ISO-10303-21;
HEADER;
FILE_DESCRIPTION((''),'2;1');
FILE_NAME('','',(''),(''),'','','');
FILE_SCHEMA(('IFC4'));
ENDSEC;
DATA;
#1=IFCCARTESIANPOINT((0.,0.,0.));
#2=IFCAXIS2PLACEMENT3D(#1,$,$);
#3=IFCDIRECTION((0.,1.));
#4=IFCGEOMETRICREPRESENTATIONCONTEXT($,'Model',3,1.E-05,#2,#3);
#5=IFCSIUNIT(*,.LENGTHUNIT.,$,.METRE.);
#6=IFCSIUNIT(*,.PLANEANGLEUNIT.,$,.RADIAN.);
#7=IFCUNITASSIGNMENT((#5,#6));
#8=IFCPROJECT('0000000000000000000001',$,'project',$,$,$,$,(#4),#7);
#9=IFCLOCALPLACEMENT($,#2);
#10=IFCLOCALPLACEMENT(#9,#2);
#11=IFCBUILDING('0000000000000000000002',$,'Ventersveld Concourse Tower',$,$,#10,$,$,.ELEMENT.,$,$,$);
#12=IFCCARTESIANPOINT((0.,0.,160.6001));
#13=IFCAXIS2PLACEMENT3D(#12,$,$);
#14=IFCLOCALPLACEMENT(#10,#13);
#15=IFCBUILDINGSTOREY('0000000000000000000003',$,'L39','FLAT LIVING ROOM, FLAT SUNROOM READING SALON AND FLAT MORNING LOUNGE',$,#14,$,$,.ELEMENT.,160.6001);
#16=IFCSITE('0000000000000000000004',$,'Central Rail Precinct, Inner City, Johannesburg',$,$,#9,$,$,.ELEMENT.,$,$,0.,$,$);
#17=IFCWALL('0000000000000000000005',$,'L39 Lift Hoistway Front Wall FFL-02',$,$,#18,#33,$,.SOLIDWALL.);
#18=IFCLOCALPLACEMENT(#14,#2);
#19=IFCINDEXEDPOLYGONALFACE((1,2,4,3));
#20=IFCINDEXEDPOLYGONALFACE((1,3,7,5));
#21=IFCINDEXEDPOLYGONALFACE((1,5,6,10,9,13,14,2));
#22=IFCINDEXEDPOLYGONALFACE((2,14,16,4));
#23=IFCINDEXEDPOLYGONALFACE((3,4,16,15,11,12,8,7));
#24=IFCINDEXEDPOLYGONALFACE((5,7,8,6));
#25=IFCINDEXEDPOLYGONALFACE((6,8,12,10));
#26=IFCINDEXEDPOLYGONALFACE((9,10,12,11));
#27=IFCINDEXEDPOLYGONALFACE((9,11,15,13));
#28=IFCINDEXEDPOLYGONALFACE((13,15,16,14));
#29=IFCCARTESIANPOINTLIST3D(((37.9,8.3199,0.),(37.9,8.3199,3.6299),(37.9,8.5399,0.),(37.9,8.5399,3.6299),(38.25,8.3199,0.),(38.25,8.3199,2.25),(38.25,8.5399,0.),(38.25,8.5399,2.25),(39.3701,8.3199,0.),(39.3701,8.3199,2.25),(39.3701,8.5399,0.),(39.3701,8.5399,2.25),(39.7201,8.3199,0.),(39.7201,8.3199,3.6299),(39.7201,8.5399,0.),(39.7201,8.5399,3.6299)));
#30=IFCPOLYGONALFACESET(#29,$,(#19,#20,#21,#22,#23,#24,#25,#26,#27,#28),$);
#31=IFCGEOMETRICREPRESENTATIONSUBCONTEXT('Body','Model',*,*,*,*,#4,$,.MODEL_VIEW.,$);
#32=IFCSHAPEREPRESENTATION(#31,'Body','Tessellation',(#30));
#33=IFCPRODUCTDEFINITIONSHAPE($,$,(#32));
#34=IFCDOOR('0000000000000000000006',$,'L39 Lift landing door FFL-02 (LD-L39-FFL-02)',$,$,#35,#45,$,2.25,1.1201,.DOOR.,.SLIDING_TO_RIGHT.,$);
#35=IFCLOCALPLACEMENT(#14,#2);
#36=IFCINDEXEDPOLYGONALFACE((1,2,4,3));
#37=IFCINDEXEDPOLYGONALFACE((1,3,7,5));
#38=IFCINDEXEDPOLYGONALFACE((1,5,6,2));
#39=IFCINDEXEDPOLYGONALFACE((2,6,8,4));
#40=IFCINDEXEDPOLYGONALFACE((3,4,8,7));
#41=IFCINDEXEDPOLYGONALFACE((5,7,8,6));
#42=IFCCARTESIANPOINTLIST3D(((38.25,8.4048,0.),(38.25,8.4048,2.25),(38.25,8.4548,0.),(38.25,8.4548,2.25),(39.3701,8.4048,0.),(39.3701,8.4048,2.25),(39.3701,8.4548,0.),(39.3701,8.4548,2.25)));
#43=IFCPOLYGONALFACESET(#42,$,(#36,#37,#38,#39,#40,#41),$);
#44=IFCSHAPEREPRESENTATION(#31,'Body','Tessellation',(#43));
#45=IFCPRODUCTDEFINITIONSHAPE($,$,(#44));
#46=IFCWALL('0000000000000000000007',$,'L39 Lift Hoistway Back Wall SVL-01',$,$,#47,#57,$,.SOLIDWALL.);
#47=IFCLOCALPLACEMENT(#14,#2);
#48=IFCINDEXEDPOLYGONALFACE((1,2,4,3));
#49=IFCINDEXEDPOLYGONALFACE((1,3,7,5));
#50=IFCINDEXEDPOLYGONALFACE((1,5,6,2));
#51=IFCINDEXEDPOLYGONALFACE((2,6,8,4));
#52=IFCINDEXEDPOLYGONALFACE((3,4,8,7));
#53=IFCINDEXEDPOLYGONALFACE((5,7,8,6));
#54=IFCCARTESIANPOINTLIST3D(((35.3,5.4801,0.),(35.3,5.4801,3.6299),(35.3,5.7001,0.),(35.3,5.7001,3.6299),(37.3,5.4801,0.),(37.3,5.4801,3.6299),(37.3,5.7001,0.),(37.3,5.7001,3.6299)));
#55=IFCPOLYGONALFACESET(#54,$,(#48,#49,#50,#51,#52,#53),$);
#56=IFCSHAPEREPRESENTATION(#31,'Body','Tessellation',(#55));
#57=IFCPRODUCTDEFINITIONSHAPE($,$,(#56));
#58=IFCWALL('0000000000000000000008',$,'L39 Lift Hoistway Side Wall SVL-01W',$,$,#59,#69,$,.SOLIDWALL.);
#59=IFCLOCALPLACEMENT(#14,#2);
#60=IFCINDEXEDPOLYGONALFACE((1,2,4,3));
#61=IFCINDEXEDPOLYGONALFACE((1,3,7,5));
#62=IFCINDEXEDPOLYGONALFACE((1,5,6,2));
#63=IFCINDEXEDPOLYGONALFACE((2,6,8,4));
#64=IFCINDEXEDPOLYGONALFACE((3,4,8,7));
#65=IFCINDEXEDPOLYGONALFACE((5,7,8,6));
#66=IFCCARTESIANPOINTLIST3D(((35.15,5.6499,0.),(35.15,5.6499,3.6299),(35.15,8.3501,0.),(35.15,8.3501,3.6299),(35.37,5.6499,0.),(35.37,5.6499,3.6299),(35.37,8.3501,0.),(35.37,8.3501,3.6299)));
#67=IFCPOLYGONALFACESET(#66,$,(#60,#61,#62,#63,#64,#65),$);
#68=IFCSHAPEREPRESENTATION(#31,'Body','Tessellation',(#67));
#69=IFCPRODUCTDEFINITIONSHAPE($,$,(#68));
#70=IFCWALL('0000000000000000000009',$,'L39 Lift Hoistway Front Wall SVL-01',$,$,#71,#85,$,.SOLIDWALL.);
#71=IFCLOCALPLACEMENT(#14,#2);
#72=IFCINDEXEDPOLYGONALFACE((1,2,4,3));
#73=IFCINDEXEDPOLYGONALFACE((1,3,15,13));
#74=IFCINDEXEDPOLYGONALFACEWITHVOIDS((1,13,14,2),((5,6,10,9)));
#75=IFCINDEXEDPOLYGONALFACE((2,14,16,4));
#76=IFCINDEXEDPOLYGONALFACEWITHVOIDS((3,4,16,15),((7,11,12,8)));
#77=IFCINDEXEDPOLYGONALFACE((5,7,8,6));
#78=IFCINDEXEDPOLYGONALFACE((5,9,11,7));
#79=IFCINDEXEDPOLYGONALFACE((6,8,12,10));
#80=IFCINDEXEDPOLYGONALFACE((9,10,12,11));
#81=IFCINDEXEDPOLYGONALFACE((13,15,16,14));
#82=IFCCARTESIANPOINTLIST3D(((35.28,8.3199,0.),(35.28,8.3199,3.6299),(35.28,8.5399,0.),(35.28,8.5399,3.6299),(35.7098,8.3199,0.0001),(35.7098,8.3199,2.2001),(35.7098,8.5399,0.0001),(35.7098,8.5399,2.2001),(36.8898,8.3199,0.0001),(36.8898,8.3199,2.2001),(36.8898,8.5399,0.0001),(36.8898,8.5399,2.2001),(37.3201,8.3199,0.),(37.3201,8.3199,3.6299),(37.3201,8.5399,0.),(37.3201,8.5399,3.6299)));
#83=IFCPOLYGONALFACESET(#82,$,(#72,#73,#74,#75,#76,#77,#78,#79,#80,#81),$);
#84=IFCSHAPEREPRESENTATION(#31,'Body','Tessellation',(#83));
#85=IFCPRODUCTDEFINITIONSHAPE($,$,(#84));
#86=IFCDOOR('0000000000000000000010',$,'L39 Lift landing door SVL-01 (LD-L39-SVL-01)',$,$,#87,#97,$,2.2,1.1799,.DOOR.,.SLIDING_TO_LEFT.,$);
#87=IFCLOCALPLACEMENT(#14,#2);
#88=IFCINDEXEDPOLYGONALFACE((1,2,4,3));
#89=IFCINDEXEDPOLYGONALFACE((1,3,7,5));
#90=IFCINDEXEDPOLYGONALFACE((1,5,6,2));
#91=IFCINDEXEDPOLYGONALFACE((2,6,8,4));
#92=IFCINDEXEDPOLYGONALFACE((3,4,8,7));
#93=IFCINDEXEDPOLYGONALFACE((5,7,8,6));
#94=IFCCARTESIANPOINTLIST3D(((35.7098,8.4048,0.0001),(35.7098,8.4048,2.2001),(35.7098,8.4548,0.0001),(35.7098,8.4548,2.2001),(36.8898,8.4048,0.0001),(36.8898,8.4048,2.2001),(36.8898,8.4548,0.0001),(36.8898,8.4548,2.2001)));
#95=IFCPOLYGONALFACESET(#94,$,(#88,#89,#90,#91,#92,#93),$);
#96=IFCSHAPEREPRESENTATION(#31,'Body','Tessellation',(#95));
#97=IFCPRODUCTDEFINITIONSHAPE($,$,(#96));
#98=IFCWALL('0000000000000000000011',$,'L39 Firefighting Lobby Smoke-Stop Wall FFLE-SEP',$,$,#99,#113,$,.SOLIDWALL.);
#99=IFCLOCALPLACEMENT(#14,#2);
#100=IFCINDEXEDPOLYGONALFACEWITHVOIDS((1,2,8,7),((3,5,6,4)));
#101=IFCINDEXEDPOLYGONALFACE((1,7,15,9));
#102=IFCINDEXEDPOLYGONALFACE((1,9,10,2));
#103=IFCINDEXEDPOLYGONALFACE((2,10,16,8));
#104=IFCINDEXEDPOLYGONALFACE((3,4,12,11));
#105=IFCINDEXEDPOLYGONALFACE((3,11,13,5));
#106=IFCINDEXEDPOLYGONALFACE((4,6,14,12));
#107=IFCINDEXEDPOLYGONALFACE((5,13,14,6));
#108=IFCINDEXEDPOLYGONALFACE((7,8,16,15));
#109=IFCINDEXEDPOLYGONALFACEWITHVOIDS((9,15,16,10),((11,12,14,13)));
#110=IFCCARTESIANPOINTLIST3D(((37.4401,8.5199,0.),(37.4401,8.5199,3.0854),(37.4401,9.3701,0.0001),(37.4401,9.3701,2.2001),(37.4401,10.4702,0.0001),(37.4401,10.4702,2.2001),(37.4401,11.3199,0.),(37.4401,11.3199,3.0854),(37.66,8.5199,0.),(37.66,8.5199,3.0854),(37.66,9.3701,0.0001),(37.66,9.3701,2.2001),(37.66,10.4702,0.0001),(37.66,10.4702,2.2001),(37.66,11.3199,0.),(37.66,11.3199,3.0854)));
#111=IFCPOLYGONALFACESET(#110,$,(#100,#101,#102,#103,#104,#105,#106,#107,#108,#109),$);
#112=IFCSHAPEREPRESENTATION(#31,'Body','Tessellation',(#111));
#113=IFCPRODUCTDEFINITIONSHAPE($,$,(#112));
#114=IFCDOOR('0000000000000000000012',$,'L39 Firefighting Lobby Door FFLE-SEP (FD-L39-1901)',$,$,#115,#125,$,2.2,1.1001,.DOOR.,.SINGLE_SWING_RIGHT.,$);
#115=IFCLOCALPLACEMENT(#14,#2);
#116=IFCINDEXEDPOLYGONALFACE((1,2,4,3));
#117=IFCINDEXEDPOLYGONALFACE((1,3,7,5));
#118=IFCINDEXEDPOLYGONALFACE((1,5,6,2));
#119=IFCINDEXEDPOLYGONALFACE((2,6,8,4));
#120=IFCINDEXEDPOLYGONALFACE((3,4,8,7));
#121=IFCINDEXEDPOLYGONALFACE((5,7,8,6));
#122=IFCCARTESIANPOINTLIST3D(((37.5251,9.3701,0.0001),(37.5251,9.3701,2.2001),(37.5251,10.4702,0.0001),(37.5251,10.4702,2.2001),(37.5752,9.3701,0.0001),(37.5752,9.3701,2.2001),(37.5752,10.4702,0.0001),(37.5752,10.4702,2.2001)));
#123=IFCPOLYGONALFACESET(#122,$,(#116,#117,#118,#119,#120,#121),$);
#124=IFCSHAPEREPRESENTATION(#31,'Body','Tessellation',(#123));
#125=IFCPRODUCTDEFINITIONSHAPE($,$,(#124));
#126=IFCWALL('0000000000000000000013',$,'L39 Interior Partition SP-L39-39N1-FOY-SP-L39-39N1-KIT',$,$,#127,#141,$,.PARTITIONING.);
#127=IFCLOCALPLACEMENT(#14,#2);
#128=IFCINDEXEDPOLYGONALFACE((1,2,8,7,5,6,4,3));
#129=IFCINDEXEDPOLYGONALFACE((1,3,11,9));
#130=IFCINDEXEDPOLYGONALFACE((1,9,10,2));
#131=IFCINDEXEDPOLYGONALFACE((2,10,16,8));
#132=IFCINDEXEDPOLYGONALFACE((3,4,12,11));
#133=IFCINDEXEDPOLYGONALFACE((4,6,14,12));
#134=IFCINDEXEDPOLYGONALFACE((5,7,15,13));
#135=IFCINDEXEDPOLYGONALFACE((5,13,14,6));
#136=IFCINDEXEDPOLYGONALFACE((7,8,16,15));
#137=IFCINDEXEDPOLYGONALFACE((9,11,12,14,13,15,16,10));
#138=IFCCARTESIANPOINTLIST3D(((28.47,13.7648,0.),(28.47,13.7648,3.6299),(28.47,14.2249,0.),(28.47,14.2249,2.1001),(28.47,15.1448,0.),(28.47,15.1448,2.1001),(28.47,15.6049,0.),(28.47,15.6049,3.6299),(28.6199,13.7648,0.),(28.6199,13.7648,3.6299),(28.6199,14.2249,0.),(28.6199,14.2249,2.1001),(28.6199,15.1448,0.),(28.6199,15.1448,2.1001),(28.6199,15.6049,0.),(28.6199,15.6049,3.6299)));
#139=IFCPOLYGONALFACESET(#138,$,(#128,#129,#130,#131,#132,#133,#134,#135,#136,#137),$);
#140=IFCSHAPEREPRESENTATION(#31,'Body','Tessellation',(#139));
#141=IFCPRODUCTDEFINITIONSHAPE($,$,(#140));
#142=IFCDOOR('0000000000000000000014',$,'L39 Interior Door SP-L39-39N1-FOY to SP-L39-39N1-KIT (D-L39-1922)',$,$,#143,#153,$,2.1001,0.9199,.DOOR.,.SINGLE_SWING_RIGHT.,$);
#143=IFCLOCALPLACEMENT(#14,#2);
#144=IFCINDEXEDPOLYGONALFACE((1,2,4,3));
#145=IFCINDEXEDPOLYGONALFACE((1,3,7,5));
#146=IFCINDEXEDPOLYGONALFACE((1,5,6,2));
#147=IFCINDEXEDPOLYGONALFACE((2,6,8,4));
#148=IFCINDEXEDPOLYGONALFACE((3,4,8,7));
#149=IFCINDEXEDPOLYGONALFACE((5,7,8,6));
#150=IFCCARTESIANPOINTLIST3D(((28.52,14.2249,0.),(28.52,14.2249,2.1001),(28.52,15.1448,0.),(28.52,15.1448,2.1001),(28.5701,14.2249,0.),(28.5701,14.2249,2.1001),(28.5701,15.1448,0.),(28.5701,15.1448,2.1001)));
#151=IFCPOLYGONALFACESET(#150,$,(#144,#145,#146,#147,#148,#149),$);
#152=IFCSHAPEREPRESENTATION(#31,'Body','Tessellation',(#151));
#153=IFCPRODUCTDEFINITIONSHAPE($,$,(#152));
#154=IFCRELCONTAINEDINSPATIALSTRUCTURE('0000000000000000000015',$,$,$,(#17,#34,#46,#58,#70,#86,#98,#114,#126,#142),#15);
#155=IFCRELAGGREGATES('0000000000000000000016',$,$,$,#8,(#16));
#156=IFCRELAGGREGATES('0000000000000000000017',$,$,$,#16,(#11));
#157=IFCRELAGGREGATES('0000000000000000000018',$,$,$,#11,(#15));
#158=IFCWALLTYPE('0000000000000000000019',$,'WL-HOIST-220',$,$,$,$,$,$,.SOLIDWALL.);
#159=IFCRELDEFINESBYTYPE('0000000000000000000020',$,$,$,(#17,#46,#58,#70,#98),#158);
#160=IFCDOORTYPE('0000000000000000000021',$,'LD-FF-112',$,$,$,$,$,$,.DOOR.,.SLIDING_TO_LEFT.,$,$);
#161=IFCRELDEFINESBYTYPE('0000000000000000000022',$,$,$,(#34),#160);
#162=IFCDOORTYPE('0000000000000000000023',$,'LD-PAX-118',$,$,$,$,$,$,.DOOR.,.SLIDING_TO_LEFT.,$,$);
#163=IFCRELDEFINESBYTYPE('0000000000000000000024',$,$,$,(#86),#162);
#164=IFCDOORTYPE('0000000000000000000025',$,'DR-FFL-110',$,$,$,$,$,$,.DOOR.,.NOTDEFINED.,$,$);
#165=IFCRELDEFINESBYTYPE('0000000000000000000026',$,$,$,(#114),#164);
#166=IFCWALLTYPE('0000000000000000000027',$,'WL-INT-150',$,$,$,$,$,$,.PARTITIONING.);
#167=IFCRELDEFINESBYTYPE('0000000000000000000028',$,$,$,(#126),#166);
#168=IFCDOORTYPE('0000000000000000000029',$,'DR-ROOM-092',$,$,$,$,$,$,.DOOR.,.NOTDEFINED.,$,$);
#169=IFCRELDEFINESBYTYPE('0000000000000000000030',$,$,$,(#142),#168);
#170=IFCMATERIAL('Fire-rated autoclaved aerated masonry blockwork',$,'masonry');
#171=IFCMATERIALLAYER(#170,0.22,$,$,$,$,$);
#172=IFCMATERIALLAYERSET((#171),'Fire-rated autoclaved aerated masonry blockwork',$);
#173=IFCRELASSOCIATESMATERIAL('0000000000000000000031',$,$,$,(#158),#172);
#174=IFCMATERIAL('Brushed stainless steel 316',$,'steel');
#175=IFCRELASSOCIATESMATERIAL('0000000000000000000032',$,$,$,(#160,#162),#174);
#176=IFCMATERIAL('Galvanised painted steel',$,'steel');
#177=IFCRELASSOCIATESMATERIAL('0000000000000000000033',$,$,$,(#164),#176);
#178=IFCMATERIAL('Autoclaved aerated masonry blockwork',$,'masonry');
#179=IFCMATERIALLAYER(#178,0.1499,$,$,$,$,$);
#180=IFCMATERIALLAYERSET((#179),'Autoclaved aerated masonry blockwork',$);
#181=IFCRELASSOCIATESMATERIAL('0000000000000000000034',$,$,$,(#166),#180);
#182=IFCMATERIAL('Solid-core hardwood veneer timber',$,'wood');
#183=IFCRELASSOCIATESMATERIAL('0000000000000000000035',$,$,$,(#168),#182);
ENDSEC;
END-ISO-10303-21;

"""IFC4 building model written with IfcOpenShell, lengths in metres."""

from ifc_helpers import new_model, si_unit, direction, frame, frame_2d, origin, place, context, subcontext, project, spatial, rectangle, extrude, material, layer, layer_set, type_object, element, fill, save


model = new_model("IFC4")

# Units and contexts
model_context = context("Model", 3, precision=1e-05, world=origin(), true_north=direction((0.0, 1.0)))
body_context = subcontext(model_context, "Body", "Model", "MODEL_VIEW")
ifc_project = project(units=[si_unit("LENGTHUNIT", "METRE"), si_unit("PLANEANGLEUNIT", "RADIAN")], contexts=[model_context])

# Site, building, storey
site_placement = place(None, origin())
site = spatial("IfcSite", under=ifc_project, at=site_placement, Name="Central Rail Precinct, Inner City, Johannesburg", CompositionType="ELEMENT", RefElevation=0.0)
building_placement = place(site_placement, origin())
building = spatial("IfcBuilding", under=site, at=building_placement, Name="Ventersveld Concourse Tower", CompositionType="ELEMENT")
storey_placement = place(building_placement, frame((0.0, 0.0, 160.6001)))
storey = spatial("IfcBuildingStorey", under=building, at=storey_placement, Name="L39", Description="FLAT LIVING ROOM, FLAT SUNROOM READING SALON AND FLAT MORNING LOUNGE", CompositionType="ELEMENT", Elevation=160.6001)

# Shared definitions
ifc_material_1 = material(Name="Fire-rated autoclaved aerated masonry blockwork", Category="masonry")
ifc_material_2 = material(Name="Solid-core hardwood veneer timber", Category="wood")

# Shared definitions
ifc_layer_1 = layer(ifc_material_1, 0.22)
ifc_layer_set_1 = layer_set([ifc_layer_1], Name="Fire-rated autoclaved aerated masonry blockwork")
wall_type_1 = type_object("IfcWallType", Name="WL-HOIST-220", PredefinedType="SOLIDWALL", material=ifc_layer_set_1)

# Wall, opening, door
wall_1_placement = place(storey_placement, frame((37.8999, 8.4299, 0.0), z_axis=(0.0, 0.0, 1.0), x_axis=(1.0, 0.0, 0.0)))
wall_1 = element("IfcWall", 1, at=wall_1_placement, inside=storey, type_object=wall_type_1, Name="L39 Lift Hoistway Front Wall FFL-02", PredefinedType="SOLIDWALL", context=body_context, shape_type="SweptSolid", body=[
    extrude(rectangle(XDim=1.8201, YDim=0.22, at=frame_2d((0.9102, 0.0))), origin(), (0.0, 0.0, 1.0), 3.6299),
])
opening_1_placement = place(wall_1_placement, frame((0.3501, 0.0, 0.0)))
opening_1 = element("IfcOpeningElement", 2, at=opening_1_placement, cuts=wall_1, PredefinedType="OPENING", context=body_context, shape_type="SweptSolid", body=[
    extrude(rectangle(XDim=1.1201, YDim=2.25, at=frame_2d((0.5601, 1.125))), frame((0.0, 0.1201, 0.0), z_axis=(0.0, -1.0, 0.0), x_axis=(1.0, 0.0, 0.0)), (0.0, 0.0, 1.0), 0.24),
])
ifc_material_3 = material(Name="Brushed stainless steel 316", Category="steel")
door_type_1 = type_object("IfcDoorType", Name="LD-FF-112", OperationType="SLIDING_TO_LEFT", PredefinedType="DOOR", material=ifc_material_3)
door_1_placement = place(opening_1_placement, origin())
door_1 = element("IfcDoor", 3, at=door_1_placement, inside=storey, type_object=door_type_1, Name="L39 Lift landing door FFL-02 (LD-L39-FFL-02)", OperationType="SLIDING_TO_RIGHT", OverallHeight=2.25, OverallWidth=1.1201, PredefinedType="DOOR", context=body_context, shape_type="SweptSolid", body=[
    extrude(rectangle(XDim=1.1201, YDim=2.25, at=frame_2d((0.5601, 1.125))), frame((0.0, 0.0249, 0.0), z_axis=(0.0, -1.0, 0.0), x_axis=(1.0, 0.0, 0.0)), (0.0, 0.0, 1.0), 0.05),
])
fill(opening_1, door_1)

# Walls
wall_2_placement = place(storey_placement, frame((35.3, 5.5901, 0.0), z_axis=(0.0, 0.0, 1.0), x_axis=(1.0, 0.0, 0.0)))
element("IfcWall", 4, at=wall_2_placement, inside=storey, type_object=wall_type_1, Name="L39 Lift Hoistway Back Wall SVL-01", PredefinedType="SOLIDWALL", context=body_context, shape_type="SweptSolid", body=[
    extrude(rectangle(XDim=2.0, YDim=0.22, at=frame_2d((1.0, 0.0))), origin(), (0.0, 0.0, 1.0), 3.6299),
])
wall_3_placement = place(storey_placement, frame((35.26, 5.6499, 0.0), z_axis=(0.0, 0.0, 1.0), x_axis=(0.0, 1.0, 0.0)))
element("IfcWall", 5, at=wall_3_placement, inside=storey, type_object=wall_type_1, Name="L39 Lift Hoistway Side Wall SVL-01W", PredefinedType="SOLIDWALL", context=body_context, shape_type="SweptSolid", body=[
    extrude(rectangle(XDim=2.7002, YDim=0.22, at=frame_2d((1.3501, 0.0))), origin(), (0.0, 0.0, 1.0), 3.6299),
])

# Walls, openings, doors
wall_4_placement = place(storey_placement, frame((35.28, 8.4299, 0.0), z_axis=(0.0, 0.0, 1.0), x_axis=(1.0, 0.0, 0.0)))
wall_4 = element("IfcWall", 6, at=wall_4_placement, inside=storey, type_object=wall_type_1, Name="L39 Lift Hoistway Front Wall SVL-01", PredefinedType="SOLIDWALL", context=body_context, shape_type="SweptSolid", body=[
    extrude(rectangle(XDim=2.04, YDim=0.22, at=frame_2d((1.02, 0.0))), origin(), (0.0, 0.0, 1.0), 3.6299),
])
opening_2_placement = place(wall_4_placement, frame((0.4299, 0.0, 0.0)))
opening_2 = element("IfcOpeningElement", 7, at=opening_2_placement, cuts=wall_4, PredefinedType="OPENING", context=body_context, shape_type="SweptSolid", body=[
    extrude(rectangle(XDim=1.1799, YDim=2.2, at=frame_2d((0.5898, 1.1001))), frame((0.0, 0.1201, 0.0), z_axis=(0.0, -1.0, 0.0), x_axis=(1.0, 0.0, 0.0)), (0.0, 0.0, 1.0), 0.24),
])
door_type_2 = type_object("IfcDoorType", Name="LD-PAX-118", OperationType="SLIDING_TO_LEFT", PredefinedType="DOOR", material=ifc_material_3)
door_2_placement = place(opening_2_placement, origin())
door_2 = element("IfcDoor", 8, at=door_2_placement, inside=storey, type_object=door_type_2, Name="L39 Lift landing door SVL-01 (LD-L39-SVL-01)", OperationType="SLIDING_TO_LEFT", OverallHeight=2.2, OverallWidth=1.1799, PredefinedType="DOOR", context=body_context, shape_type="SweptSolid", body=[
    extrude(rectangle(XDim=1.1799, YDim=2.2, at=frame_2d((0.5898, 1.1001))), frame((0.0, 0.0249, 0.0), z_axis=(0.0, -1.0, 0.0), x_axis=(1.0, 0.0, 0.0)), (0.0, 0.0, 1.0), 0.05),
])
fill(opening_2, door_2)
wall_5_placement = place(storey_placement, frame((37.55, 8.52, 0.0), z_axis=(0.0, 0.0, 1.0), x_axis=(0.0, 1.0, 0.0)))
wall_5 = element("IfcWall", 9, at=wall_5_placement, inside=storey, type_object=wall_type_1, Name="L39 Firefighting Lobby Smoke-Stop Wall FFLE-SEP", PredefinedType="SOLIDWALL", context=body_context, shape_type="SweptSolid", body=[
    extrude(rectangle(XDim=2.8, YDim=0.22, at=frame_2d((1.3999, 0.0))), origin(), (0.0, 0.0, 1.0), 3.0854),
])
opening_3_placement = place(wall_5_placement, frame((0.8501, 0.0, 0.0)))
opening_3 = element("IfcOpeningElement", 10, at=opening_3_placement, cuts=wall_5, PredefinedType="OPENING", context=body_context, shape_type="SweptSolid", body=[
    extrude(rectangle(XDim=1.1001, YDim=2.2, at=frame_2d((0.55, 1.1001))), frame((0.0, 0.1201, 0.0), z_axis=(0.0, -1.0, 0.0), x_axis=(1.0, 0.0, 0.0)), (0.0, 0.0, 1.0), 0.24),
])
ifc_material_4 = material(Name="Galvanised painted steel", Category="steel")
door_type_3 = type_object("IfcDoorType", Name="DR-FFL-110", OperationType="NOTDEFINED", PredefinedType="DOOR", material=ifc_material_4)
door_3_placement = place(opening_3_placement, origin())
door_3 = element("IfcDoor", 11, at=door_3_placement, inside=storey, type_object=door_type_3, Name="L39 Firefighting Lobby Door FFLE-SEP (FD-L39-1901)", OperationType="SINGLE_SWING_RIGHT", OverallHeight=2.2, OverallWidth=1.1001, PredefinedType="DOOR", context=body_context, shape_type="SweptSolid", body=[
    extrude(rectangle(XDim=1.1001, YDim=2.2, at=frame_2d((0.55, 1.1001))), frame((0.0, 0.0249, 0.0), z_axis=(0.0, -1.0, 0.0), x_axis=(1.0, 0.0, 0.0)), (0.0, 0.0, 1.0), 0.05),
])
fill(opening_3, door_3)
ifc_material_5 = material(Name="Autoclaved aerated masonry blockwork", Category="masonry")
ifc_layer_2 = layer(ifc_material_5, 0.1499)
ifc_layer_set_2 = layer_set([ifc_layer_2], Name="Autoclaved aerated masonry blockwork")
wall_type_2 = type_object("IfcWallType", Name="WL-INT-150", PredefinedType="PARTITIONING", material=ifc_layer_set_2)
wall_6_placement = place(storey_placement, frame((28.5449, 13.7649, 0.0), z_axis=(0.0, 0.0, 1.0), x_axis=(0.0, 1.0, 0.0)))
wall_6 = element("IfcWall", 12, at=wall_6_placement, inside=storey, type_object=wall_type_2, Name="L39 Interior Partition SP-L39-39N1-FOY-SP-L39-39N1-KIT", PredefinedType="PARTITIONING", context=body_context, shape_type="SweptSolid", body=[
    extrude(rectangle(XDim=1.8401, YDim=0.1499, at=frame_2d((0.9199, 0.0))), origin(), (0.0, 0.0, 1.0), 3.6299),
])
opening_4_placement = place(wall_6_placement, frame((0.46, 0.0, 0.0)))
opening_4 = element("IfcOpeningElement", 13, at=opening_4_placement, cuts=wall_6, PredefinedType="OPENING", context=body_context, shape_type="SweptSolid", body=[
    extrude(rectangle(XDim=0.9199, YDim=2.1001, at=frame_2d((0.46, 1.05))), frame((0.0, 0.085, 0.0), z_axis=(0.0, -1.0, 0.0), x_axis=(1.0, 0.0, 0.0)), (0.0, 0.0, 1.0), 0.1699),
])
door_type_4 = type_object("IfcDoorType", Name="DR-ROOM-092", OperationType="NOTDEFINED", PredefinedType="DOOR", material=ifc_material_2)
door_4_placement = place(opening_4_placement, origin())
door_4 = element("IfcDoor", 14, at=door_4_placement, inside=storey, type_object=door_type_4, Name="L39 Interior Door SP-L39-39N1-FOY to SP-L39-39N1-KIT (D-L39-1922)", OperationType="SINGLE_SWING_RIGHT", OverallHeight=2.1001, OverallWidth=0.9199, PredefinedType="DOOR", context=body_context, shape_type="SweptSolid", body=[
    extrude(rectangle(XDim=0.9199, YDim=2.1001, at=frame_2d((0.46, 1.05))), frame((0.0, 0.0249, 0.0), z_axis=(0.0, -1.0, 0.0), x_axis=(1.0, 0.0, 0.0)), (0.0, 0.0, 1.0), 0.05),
])
fill(opening_4, door_4)

save(model, "model.ifc")
